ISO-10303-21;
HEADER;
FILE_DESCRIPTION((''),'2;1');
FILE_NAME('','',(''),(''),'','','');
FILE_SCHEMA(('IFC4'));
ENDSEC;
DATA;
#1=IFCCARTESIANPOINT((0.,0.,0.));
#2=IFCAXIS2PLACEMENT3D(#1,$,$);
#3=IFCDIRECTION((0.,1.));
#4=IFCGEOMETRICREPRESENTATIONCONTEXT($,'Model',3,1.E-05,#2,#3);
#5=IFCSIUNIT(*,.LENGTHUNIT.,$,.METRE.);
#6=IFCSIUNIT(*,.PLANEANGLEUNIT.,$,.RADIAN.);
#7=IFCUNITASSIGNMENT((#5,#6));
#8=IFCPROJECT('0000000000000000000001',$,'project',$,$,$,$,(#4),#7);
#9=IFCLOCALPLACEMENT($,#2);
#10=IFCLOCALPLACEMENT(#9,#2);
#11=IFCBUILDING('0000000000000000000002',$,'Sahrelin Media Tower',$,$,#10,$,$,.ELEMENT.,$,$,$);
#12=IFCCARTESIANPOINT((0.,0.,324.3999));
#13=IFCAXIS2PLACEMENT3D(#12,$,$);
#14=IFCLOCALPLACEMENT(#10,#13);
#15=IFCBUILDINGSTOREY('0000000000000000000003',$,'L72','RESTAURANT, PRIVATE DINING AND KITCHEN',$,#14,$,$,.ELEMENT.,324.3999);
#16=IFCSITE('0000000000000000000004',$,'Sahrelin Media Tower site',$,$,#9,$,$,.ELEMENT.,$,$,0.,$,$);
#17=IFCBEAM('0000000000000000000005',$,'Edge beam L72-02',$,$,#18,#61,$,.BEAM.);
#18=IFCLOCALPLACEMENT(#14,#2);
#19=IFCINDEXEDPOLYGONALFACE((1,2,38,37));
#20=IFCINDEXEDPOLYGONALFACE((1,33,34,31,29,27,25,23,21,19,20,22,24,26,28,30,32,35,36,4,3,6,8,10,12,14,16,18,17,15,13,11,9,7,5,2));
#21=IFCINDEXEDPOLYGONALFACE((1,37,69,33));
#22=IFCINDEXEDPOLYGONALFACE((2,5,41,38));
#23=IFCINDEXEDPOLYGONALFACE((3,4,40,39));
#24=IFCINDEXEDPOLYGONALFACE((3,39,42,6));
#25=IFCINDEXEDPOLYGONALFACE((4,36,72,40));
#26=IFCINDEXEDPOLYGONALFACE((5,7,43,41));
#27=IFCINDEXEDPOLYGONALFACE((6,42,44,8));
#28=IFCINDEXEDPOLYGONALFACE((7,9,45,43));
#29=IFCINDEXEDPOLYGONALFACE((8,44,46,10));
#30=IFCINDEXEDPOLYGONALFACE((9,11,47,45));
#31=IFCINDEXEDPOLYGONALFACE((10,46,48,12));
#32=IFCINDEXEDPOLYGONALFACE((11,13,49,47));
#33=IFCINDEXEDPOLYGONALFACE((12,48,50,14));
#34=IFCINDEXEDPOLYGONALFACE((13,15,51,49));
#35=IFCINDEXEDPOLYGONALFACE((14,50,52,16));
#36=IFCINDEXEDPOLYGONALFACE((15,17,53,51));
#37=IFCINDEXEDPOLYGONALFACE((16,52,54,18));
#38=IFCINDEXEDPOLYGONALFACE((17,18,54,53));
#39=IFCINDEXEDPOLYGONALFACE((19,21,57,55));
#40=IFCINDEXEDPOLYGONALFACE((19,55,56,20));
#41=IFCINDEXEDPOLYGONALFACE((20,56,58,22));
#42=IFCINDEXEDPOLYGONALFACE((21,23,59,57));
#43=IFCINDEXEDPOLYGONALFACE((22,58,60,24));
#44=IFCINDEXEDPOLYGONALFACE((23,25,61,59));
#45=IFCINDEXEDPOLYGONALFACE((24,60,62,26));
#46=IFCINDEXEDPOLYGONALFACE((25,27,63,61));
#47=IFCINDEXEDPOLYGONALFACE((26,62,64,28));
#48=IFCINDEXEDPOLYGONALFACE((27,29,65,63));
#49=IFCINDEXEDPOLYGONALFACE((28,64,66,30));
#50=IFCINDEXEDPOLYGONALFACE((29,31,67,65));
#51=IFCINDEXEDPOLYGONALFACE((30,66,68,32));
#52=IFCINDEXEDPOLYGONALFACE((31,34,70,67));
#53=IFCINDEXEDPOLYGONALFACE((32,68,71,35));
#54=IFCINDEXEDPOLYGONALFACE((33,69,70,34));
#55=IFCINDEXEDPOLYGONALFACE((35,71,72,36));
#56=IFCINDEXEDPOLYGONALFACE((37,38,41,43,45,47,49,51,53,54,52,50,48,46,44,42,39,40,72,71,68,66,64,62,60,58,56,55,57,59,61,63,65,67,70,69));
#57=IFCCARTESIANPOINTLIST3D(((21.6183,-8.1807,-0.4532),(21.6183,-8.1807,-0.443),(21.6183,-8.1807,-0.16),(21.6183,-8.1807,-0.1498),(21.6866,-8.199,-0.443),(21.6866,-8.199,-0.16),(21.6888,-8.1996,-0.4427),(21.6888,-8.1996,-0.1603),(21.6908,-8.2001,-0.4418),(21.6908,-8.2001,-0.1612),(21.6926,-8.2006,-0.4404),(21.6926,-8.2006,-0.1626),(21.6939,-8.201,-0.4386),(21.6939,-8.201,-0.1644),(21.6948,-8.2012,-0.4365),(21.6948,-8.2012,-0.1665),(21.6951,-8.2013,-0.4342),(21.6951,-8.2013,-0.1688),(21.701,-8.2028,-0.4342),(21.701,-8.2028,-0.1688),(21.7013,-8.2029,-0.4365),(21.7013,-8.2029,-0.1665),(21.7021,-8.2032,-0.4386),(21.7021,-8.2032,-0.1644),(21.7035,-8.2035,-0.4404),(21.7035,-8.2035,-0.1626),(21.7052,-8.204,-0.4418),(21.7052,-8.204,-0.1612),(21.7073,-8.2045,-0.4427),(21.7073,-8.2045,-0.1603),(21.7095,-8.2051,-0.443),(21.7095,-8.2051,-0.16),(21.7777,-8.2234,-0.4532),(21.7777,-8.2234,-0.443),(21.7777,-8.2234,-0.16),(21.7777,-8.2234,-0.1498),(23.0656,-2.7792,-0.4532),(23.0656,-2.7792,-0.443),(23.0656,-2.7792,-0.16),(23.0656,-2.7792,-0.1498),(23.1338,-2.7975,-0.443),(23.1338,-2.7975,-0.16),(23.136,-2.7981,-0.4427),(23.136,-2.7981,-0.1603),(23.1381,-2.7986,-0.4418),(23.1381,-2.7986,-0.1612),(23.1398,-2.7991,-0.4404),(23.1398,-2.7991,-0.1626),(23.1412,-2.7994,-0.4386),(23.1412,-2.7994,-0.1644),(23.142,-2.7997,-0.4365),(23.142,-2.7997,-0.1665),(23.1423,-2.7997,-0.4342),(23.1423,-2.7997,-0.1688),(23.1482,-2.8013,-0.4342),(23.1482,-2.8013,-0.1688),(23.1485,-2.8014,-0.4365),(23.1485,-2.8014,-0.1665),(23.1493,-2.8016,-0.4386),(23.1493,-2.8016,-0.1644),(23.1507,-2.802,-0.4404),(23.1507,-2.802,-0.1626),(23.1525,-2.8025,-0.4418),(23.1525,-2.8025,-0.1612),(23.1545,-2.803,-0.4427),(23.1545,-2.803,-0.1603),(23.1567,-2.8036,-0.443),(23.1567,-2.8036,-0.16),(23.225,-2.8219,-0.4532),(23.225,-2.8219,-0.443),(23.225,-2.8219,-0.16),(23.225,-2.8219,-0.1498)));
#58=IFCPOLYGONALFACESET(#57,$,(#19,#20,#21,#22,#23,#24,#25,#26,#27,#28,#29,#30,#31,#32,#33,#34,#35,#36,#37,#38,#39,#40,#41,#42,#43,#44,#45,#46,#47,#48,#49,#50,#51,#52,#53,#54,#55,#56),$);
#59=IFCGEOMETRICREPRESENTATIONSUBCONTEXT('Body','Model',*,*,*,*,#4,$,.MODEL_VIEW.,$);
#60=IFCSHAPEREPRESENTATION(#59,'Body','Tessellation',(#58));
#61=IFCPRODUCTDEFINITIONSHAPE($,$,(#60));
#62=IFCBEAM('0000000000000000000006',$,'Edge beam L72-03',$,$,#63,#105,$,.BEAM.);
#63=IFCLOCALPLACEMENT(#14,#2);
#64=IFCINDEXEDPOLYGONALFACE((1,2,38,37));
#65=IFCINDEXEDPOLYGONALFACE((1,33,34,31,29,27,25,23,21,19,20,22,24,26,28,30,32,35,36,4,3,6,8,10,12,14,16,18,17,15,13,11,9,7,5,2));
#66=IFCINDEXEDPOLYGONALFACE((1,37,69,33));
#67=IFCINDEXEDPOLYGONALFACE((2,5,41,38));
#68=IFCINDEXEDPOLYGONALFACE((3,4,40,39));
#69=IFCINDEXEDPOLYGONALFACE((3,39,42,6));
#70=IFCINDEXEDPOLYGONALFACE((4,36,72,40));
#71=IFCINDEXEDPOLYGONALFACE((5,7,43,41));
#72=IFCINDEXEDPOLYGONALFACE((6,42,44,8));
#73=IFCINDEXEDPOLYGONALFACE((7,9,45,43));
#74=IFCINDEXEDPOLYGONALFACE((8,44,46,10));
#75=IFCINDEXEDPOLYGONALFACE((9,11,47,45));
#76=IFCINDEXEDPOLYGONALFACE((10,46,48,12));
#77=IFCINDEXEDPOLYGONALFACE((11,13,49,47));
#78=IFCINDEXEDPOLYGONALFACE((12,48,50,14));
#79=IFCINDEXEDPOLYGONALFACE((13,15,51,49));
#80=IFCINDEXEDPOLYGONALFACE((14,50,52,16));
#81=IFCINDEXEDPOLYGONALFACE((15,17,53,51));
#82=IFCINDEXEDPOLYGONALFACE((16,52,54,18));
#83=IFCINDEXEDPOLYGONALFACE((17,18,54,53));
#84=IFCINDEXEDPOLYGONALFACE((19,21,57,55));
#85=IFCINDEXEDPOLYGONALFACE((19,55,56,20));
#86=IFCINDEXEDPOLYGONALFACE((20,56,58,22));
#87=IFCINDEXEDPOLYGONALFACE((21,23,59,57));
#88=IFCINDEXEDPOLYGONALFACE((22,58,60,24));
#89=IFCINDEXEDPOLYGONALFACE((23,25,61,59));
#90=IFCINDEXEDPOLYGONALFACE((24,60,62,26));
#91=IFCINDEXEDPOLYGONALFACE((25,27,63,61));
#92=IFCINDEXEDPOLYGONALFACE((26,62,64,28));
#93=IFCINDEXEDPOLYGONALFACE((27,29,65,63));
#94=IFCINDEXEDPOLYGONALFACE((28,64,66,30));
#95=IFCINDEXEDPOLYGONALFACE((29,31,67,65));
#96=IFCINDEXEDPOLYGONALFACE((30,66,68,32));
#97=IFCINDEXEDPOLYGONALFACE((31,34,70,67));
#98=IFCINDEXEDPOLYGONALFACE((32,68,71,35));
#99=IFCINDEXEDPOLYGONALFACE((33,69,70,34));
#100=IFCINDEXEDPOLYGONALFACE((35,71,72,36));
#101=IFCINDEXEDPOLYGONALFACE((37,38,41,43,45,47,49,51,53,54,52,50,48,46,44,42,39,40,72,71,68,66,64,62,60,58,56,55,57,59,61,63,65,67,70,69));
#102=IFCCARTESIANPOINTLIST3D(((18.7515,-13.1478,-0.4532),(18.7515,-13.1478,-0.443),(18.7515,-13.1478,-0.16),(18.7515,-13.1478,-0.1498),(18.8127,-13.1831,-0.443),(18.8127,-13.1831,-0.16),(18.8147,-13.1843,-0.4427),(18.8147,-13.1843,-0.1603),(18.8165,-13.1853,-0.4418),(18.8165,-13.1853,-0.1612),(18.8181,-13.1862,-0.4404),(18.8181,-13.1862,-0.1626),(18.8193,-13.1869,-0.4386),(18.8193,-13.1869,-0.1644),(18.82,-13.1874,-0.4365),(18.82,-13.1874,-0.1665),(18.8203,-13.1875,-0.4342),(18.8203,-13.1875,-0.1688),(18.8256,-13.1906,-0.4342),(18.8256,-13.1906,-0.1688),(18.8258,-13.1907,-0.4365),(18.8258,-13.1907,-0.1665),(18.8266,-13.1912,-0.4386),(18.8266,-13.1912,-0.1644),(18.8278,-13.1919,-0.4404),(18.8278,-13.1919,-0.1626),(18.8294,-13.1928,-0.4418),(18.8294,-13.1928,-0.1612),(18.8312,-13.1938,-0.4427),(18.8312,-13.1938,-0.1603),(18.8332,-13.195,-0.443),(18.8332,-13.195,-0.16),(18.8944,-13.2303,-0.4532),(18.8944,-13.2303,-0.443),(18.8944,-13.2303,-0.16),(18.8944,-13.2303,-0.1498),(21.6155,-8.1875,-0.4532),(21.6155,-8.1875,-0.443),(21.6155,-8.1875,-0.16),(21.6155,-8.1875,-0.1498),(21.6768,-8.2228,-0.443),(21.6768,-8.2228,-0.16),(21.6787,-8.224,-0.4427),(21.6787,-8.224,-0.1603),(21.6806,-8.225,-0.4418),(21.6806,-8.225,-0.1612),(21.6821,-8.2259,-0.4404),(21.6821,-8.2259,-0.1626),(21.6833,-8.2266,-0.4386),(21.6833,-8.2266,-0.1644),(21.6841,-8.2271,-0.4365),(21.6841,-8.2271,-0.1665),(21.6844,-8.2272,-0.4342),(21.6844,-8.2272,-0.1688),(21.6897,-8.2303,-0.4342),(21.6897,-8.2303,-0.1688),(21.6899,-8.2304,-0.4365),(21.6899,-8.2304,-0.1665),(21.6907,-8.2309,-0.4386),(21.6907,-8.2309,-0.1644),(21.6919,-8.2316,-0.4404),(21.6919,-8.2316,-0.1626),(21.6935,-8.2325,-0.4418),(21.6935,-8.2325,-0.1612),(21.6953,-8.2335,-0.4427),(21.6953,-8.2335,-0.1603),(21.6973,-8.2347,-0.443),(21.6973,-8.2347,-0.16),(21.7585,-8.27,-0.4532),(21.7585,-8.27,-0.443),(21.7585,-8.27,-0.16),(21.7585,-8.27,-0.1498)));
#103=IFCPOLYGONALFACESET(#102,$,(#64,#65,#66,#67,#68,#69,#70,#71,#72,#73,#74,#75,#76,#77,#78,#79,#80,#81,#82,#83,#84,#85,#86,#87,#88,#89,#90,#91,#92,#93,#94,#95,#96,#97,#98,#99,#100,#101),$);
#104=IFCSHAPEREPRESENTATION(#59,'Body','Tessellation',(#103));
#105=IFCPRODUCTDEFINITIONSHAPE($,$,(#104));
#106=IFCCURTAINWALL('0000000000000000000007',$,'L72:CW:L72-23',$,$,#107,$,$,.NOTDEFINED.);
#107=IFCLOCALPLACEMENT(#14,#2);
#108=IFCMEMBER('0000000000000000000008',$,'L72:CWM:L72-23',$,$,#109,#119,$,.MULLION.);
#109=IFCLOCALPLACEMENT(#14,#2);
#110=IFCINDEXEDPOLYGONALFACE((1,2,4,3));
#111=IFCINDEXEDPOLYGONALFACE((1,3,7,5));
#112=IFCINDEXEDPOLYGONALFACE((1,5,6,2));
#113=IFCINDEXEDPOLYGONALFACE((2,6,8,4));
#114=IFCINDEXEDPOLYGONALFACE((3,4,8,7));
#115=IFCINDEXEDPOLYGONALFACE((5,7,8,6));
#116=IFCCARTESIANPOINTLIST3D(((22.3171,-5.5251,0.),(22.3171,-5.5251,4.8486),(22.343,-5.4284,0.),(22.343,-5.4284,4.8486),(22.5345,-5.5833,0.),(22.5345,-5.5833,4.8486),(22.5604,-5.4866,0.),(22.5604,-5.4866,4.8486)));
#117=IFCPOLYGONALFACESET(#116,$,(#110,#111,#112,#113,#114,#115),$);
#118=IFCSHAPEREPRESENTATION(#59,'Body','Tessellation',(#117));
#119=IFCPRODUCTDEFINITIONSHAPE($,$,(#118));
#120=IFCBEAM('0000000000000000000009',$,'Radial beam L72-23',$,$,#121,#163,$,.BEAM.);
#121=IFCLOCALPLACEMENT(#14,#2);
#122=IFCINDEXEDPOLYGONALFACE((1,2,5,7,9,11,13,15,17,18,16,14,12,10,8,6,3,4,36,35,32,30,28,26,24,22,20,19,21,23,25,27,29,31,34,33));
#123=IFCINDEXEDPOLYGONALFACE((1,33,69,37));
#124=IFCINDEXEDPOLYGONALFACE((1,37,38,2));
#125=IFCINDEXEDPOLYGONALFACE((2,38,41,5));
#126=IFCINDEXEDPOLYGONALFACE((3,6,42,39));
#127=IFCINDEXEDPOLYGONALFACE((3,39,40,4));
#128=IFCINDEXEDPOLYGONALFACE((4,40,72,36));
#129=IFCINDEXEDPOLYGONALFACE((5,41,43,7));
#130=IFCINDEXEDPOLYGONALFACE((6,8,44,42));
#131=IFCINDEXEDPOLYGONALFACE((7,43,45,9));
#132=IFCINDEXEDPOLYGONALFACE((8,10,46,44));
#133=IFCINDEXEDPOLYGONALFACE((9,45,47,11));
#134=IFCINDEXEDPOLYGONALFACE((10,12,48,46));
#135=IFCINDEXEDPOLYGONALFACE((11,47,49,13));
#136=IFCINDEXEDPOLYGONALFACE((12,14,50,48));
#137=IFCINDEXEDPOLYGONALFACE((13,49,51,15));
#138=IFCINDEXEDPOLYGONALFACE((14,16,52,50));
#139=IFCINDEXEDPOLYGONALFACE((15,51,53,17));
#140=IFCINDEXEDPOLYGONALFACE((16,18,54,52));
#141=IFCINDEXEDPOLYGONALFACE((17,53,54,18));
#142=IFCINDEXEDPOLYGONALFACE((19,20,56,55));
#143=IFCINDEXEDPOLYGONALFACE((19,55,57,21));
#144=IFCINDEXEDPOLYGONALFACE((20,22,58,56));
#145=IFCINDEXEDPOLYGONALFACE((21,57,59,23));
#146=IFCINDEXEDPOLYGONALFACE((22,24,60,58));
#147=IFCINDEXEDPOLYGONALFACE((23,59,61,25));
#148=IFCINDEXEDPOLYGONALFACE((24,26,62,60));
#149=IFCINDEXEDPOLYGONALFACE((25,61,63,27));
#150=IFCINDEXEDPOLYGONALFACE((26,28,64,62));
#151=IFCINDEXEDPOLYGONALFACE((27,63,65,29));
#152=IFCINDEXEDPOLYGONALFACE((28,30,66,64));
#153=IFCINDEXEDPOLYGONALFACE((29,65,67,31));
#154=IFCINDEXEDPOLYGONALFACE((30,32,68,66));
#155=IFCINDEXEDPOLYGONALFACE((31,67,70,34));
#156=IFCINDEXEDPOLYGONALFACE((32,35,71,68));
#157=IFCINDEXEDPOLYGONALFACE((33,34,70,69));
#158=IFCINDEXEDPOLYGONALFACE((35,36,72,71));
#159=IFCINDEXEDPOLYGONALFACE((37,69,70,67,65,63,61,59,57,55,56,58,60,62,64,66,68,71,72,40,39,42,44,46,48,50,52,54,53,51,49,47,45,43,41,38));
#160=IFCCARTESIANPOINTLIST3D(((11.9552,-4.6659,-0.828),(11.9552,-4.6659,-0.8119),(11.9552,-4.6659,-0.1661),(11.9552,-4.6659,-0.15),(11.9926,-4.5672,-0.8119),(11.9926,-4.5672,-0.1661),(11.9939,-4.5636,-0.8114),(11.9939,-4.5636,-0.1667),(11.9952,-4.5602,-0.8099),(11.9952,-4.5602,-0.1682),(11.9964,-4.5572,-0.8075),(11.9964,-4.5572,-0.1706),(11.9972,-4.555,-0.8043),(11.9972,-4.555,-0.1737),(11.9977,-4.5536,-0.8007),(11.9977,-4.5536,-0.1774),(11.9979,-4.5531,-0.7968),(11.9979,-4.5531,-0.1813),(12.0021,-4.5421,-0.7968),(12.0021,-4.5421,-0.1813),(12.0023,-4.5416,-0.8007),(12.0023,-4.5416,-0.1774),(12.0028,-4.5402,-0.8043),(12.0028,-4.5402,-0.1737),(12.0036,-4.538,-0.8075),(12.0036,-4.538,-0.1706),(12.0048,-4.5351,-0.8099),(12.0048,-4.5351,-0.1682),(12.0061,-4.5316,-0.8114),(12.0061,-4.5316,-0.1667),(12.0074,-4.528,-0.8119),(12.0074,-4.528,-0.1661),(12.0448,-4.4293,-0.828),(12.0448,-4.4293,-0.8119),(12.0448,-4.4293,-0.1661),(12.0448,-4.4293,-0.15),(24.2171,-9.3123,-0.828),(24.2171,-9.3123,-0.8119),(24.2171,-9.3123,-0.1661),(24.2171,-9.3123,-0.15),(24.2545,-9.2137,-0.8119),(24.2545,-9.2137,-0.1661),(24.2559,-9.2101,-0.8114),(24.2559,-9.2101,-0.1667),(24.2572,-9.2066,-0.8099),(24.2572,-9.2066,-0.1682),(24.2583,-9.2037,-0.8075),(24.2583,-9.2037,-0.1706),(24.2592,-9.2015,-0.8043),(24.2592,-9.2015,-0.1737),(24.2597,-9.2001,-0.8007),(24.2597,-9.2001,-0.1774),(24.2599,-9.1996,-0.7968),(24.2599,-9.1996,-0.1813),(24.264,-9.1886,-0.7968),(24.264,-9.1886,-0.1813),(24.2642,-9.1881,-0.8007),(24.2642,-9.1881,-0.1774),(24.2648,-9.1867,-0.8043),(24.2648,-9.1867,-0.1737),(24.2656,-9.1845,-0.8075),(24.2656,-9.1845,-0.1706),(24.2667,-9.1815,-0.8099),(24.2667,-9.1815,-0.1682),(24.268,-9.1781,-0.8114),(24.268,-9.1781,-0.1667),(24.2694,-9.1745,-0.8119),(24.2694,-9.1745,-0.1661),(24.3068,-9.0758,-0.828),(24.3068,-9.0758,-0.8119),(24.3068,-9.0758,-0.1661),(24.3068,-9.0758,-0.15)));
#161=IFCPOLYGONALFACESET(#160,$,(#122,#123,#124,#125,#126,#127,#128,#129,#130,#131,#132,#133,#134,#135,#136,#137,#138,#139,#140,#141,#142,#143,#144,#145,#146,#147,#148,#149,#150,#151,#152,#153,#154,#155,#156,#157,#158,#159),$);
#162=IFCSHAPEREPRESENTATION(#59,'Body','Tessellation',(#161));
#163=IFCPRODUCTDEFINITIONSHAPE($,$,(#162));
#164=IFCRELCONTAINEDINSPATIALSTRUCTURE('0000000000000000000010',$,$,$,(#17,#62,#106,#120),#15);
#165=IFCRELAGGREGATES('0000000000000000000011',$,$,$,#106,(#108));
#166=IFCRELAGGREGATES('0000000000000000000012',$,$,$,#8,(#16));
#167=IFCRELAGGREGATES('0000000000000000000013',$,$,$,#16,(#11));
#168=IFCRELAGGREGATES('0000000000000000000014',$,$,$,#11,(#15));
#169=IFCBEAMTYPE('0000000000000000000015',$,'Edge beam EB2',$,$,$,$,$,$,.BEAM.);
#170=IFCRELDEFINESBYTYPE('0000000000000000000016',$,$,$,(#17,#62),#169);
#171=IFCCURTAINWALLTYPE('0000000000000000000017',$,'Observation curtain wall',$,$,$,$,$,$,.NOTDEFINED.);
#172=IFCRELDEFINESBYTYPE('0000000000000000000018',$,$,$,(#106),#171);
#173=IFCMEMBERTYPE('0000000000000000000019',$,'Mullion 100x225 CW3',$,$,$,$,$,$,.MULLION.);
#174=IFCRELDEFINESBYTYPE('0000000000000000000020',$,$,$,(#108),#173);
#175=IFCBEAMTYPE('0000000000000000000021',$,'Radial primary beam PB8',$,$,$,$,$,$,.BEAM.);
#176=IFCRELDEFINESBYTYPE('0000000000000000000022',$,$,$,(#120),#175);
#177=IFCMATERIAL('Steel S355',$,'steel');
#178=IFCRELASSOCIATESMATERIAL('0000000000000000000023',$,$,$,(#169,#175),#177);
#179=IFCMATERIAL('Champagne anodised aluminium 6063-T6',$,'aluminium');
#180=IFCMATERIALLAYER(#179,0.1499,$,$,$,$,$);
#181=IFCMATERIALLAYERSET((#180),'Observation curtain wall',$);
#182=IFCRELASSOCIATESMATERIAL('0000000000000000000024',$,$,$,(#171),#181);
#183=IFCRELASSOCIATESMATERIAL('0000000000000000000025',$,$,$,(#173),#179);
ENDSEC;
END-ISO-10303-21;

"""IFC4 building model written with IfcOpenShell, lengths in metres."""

from ifc_helpers import new_model, si_unit, direction, frame, origin, origin_2d, place, context, subcontext, project, spatial, rectangle, i_section, extrude, material, layer, layer_set, material_profile, profile_set, type_object, element, aggregate, save


model = new_model("IFC4")

# Units and contexts
model_context = context("Model", 3, precision=1e-05, world=origin(), true_north=direction((0.0, 1.0)))
body_context = subcontext(model_context, "Body", "Model", "MODEL_VIEW")
ifc_project = project(units=[si_unit("LENGTHUNIT", "METRE"), si_unit("PLANEANGLEUNIT", "RADIAN")], contexts=[model_context])

# Site, building, storey
site_placement = place(None, origin())
site = spatial("IfcSite", under=ifc_project, at=site_placement, Name="Sahrelin Media Tower site", CompositionType="ELEMENT", RefElevation=0.0)
building_placement = place(site_placement, origin())
building = spatial("IfcBuilding", under=site, at=building_placement, Name="Sahrelin Media Tower", CompositionType="ELEMENT")
storey_placement = place(building_placement, frame((0.0, 0.0, 324.3999)))
storey = spatial("IfcBuildingStorey", under=building, at=storey_placement, Name="L72", Description="RESTAURANT, PRIVATE DINING AND KITCHEN", CompositionType="ELEMENT", Elevation=324.3999)

# Beams
ifc_material_1 = material(Name="Steel S355", Category="steel")
ifc_material_profile_1 = material_profile(ifc_material_1, i_section(OverallWidth=0.165, OverallDepth=0.3035, WebThickness=0.0061, FlangeThickness=0.0103, FilletRadius=0.0088, at=origin_2d()), Name="UB 305x165x40")
ifc_profile_set_1 = profile_set([ifc_material_profile_1], Name="Steel S355")
beam_type_1 = type_object("IfcBeamType", Name="Edge beam EB2", PredefinedType="BEAM", material=ifc_profile_set_1)
beam_1_placement = place(storey_placement, frame((23.1453, -2.8005, -0.3015), z_axis=(-0.258804, -0.96593, 0.0), x_axis=(0.96593, -0.258804, 0.0)))
element("IfcBeam", 1, at=beam_1_placement, inside=storey, type_object=beam_type_1, Name="Edge beam L72-02", PredefinedType="BEAM", context=body_context, shape_type="SweptSolid", body=[
    extrude(i_section(OverallWidth=0.165, OverallDepth=0.3035, WebThickness=0.0061, FlangeThickness=0.0103, FilletRadius=0.0088, at=origin_2d()), origin(), (0.0, 0.0, 1.0), 5.592),
])
beam_2_placement = place(storey_placement, frame((21.687, -8.2288, -0.3015), z_axis=(-0.500031, -0.866007, 0.0), x_axis=(0.866007, -0.500031, 0.0)))
element("IfcBeam", 2, at=beam_2_placement, inside=storey, type_object=beam_type_1, Name="Edge beam L72-03", PredefinedType="BEAM", context=body_context, shape_type="SweptSolid", body=[
    extrude(i_section(OverallWidth=0.165, OverallDepth=0.3035, WebThickness=0.0061, FlangeThickness=0.0103, FilletRadius=0.0088, at=origin_2d()), origin(), (0.0, 0.0, 1.0), 5.7278),
])

# Curtain wall, member
ifc_material_2 = material(Name="Champagne anodised aluminium 6063-T6", Category="aluminium")
ifc_layer_1 = layer(ifc_material_2, 0.1499)
ifc_layer_set_1 = layer_set([ifc_layer_1], Name="Observation curtain wall")
curtain_wall_type = type_object("IfcCurtainWallType", Name="Observation curtain wall", PredefinedType="NOTDEFINED", material=ifc_layer_set_1)
curtain_wall_1_placement = place(storey_placement, frame((22.5664, -5.5403, 0.0), z_axis=(0.0, 0.0, 1.0), x_axis=(1.0, 0.0, 0.0)))
curtain_wall_1 = element("IfcCurtainWall", 3, at=curtain_wall_1_placement, inside=storey, type_object=curtain_wall_type, Name="L72:CW:L72-23", PredefinedType="NOTDEFINED")
ifc_material_profile_2 = material_profile(ifc_material_2, rectangle(XDim=0.1001, YDim=0.2251, at=origin_2d()), Name="Mullion 100x225")
ifc_profile_set_2 = profile_set([ifc_material_profile_2], Name="Champagne anodised aluminium 6063-T6")
member_type_1 = type_object("IfcMemberType", Name="Mullion 100x225 CW3", PredefinedType="MULLION", material=ifc_profile_set_2)
member_1_placement = place(storey_placement, frame((22.4387, -5.5059, 0.0), z_axis=(0.0, 0.0, 1.0), x_axis=(0.258816, 0.965927, 0.0)))
member_1 = element("IfcMember", 4, at=member_1_placement, type_object=member_type_1, Name="L72:CWM:L72-23", PredefinedType="MULLION", context=body_context, shape_type="SweptSolid", body=[
    extrude(rectangle(XDim=0.1001, YDim=0.2251, at=origin_2d()), origin(), (0.0, 0.0, 1.0), 4.8486),
])

# Beam
ifc_material_profile_3 = material_profile(ifc_material_1, i_section(OverallWidth=0.2529, OverallDepth=0.678, WebThickness=0.0117, FlangeThickness=0.0161, FilletRadius=0.0151, at=origin_2d()), Name="UB 686x254x125")
ifc_profile_set_3 = profile_set([ifc_material_profile_3], Name="Steel S355")
beam_type_2 = type_object("IfcBeamType", Name="Radial primary beam PB8", PredefinedType="BEAM", material=ifc_profile_set_3)
beam_3_placement = place(storey_placement, frame((12.0, -4.5476, -0.489), z_axis=(0.935114, -0.354347, 0.0), x_axis=(0.354347, 0.935114, 0.0)))
element("IfcBeam", 5, at=beam_3_placement, inside=storey, type_object=beam_type_2, Name="Radial beam L72-23", PredefinedType="BEAM", context=body_context, shape_type="SweptSolid", body=[
    extrude(i_section(OverallWidth=0.2529, OverallDepth=0.678, WebThickness=0.0117, FlangeThickness=0.0161, FilletRadius=0.0151, at=origin_2d()), origin(), (0.0, 0.0, 1.0), 13.1128),
])

aggregate(curtain_wall_1, [member_1])

save(model, "model.ifc")
